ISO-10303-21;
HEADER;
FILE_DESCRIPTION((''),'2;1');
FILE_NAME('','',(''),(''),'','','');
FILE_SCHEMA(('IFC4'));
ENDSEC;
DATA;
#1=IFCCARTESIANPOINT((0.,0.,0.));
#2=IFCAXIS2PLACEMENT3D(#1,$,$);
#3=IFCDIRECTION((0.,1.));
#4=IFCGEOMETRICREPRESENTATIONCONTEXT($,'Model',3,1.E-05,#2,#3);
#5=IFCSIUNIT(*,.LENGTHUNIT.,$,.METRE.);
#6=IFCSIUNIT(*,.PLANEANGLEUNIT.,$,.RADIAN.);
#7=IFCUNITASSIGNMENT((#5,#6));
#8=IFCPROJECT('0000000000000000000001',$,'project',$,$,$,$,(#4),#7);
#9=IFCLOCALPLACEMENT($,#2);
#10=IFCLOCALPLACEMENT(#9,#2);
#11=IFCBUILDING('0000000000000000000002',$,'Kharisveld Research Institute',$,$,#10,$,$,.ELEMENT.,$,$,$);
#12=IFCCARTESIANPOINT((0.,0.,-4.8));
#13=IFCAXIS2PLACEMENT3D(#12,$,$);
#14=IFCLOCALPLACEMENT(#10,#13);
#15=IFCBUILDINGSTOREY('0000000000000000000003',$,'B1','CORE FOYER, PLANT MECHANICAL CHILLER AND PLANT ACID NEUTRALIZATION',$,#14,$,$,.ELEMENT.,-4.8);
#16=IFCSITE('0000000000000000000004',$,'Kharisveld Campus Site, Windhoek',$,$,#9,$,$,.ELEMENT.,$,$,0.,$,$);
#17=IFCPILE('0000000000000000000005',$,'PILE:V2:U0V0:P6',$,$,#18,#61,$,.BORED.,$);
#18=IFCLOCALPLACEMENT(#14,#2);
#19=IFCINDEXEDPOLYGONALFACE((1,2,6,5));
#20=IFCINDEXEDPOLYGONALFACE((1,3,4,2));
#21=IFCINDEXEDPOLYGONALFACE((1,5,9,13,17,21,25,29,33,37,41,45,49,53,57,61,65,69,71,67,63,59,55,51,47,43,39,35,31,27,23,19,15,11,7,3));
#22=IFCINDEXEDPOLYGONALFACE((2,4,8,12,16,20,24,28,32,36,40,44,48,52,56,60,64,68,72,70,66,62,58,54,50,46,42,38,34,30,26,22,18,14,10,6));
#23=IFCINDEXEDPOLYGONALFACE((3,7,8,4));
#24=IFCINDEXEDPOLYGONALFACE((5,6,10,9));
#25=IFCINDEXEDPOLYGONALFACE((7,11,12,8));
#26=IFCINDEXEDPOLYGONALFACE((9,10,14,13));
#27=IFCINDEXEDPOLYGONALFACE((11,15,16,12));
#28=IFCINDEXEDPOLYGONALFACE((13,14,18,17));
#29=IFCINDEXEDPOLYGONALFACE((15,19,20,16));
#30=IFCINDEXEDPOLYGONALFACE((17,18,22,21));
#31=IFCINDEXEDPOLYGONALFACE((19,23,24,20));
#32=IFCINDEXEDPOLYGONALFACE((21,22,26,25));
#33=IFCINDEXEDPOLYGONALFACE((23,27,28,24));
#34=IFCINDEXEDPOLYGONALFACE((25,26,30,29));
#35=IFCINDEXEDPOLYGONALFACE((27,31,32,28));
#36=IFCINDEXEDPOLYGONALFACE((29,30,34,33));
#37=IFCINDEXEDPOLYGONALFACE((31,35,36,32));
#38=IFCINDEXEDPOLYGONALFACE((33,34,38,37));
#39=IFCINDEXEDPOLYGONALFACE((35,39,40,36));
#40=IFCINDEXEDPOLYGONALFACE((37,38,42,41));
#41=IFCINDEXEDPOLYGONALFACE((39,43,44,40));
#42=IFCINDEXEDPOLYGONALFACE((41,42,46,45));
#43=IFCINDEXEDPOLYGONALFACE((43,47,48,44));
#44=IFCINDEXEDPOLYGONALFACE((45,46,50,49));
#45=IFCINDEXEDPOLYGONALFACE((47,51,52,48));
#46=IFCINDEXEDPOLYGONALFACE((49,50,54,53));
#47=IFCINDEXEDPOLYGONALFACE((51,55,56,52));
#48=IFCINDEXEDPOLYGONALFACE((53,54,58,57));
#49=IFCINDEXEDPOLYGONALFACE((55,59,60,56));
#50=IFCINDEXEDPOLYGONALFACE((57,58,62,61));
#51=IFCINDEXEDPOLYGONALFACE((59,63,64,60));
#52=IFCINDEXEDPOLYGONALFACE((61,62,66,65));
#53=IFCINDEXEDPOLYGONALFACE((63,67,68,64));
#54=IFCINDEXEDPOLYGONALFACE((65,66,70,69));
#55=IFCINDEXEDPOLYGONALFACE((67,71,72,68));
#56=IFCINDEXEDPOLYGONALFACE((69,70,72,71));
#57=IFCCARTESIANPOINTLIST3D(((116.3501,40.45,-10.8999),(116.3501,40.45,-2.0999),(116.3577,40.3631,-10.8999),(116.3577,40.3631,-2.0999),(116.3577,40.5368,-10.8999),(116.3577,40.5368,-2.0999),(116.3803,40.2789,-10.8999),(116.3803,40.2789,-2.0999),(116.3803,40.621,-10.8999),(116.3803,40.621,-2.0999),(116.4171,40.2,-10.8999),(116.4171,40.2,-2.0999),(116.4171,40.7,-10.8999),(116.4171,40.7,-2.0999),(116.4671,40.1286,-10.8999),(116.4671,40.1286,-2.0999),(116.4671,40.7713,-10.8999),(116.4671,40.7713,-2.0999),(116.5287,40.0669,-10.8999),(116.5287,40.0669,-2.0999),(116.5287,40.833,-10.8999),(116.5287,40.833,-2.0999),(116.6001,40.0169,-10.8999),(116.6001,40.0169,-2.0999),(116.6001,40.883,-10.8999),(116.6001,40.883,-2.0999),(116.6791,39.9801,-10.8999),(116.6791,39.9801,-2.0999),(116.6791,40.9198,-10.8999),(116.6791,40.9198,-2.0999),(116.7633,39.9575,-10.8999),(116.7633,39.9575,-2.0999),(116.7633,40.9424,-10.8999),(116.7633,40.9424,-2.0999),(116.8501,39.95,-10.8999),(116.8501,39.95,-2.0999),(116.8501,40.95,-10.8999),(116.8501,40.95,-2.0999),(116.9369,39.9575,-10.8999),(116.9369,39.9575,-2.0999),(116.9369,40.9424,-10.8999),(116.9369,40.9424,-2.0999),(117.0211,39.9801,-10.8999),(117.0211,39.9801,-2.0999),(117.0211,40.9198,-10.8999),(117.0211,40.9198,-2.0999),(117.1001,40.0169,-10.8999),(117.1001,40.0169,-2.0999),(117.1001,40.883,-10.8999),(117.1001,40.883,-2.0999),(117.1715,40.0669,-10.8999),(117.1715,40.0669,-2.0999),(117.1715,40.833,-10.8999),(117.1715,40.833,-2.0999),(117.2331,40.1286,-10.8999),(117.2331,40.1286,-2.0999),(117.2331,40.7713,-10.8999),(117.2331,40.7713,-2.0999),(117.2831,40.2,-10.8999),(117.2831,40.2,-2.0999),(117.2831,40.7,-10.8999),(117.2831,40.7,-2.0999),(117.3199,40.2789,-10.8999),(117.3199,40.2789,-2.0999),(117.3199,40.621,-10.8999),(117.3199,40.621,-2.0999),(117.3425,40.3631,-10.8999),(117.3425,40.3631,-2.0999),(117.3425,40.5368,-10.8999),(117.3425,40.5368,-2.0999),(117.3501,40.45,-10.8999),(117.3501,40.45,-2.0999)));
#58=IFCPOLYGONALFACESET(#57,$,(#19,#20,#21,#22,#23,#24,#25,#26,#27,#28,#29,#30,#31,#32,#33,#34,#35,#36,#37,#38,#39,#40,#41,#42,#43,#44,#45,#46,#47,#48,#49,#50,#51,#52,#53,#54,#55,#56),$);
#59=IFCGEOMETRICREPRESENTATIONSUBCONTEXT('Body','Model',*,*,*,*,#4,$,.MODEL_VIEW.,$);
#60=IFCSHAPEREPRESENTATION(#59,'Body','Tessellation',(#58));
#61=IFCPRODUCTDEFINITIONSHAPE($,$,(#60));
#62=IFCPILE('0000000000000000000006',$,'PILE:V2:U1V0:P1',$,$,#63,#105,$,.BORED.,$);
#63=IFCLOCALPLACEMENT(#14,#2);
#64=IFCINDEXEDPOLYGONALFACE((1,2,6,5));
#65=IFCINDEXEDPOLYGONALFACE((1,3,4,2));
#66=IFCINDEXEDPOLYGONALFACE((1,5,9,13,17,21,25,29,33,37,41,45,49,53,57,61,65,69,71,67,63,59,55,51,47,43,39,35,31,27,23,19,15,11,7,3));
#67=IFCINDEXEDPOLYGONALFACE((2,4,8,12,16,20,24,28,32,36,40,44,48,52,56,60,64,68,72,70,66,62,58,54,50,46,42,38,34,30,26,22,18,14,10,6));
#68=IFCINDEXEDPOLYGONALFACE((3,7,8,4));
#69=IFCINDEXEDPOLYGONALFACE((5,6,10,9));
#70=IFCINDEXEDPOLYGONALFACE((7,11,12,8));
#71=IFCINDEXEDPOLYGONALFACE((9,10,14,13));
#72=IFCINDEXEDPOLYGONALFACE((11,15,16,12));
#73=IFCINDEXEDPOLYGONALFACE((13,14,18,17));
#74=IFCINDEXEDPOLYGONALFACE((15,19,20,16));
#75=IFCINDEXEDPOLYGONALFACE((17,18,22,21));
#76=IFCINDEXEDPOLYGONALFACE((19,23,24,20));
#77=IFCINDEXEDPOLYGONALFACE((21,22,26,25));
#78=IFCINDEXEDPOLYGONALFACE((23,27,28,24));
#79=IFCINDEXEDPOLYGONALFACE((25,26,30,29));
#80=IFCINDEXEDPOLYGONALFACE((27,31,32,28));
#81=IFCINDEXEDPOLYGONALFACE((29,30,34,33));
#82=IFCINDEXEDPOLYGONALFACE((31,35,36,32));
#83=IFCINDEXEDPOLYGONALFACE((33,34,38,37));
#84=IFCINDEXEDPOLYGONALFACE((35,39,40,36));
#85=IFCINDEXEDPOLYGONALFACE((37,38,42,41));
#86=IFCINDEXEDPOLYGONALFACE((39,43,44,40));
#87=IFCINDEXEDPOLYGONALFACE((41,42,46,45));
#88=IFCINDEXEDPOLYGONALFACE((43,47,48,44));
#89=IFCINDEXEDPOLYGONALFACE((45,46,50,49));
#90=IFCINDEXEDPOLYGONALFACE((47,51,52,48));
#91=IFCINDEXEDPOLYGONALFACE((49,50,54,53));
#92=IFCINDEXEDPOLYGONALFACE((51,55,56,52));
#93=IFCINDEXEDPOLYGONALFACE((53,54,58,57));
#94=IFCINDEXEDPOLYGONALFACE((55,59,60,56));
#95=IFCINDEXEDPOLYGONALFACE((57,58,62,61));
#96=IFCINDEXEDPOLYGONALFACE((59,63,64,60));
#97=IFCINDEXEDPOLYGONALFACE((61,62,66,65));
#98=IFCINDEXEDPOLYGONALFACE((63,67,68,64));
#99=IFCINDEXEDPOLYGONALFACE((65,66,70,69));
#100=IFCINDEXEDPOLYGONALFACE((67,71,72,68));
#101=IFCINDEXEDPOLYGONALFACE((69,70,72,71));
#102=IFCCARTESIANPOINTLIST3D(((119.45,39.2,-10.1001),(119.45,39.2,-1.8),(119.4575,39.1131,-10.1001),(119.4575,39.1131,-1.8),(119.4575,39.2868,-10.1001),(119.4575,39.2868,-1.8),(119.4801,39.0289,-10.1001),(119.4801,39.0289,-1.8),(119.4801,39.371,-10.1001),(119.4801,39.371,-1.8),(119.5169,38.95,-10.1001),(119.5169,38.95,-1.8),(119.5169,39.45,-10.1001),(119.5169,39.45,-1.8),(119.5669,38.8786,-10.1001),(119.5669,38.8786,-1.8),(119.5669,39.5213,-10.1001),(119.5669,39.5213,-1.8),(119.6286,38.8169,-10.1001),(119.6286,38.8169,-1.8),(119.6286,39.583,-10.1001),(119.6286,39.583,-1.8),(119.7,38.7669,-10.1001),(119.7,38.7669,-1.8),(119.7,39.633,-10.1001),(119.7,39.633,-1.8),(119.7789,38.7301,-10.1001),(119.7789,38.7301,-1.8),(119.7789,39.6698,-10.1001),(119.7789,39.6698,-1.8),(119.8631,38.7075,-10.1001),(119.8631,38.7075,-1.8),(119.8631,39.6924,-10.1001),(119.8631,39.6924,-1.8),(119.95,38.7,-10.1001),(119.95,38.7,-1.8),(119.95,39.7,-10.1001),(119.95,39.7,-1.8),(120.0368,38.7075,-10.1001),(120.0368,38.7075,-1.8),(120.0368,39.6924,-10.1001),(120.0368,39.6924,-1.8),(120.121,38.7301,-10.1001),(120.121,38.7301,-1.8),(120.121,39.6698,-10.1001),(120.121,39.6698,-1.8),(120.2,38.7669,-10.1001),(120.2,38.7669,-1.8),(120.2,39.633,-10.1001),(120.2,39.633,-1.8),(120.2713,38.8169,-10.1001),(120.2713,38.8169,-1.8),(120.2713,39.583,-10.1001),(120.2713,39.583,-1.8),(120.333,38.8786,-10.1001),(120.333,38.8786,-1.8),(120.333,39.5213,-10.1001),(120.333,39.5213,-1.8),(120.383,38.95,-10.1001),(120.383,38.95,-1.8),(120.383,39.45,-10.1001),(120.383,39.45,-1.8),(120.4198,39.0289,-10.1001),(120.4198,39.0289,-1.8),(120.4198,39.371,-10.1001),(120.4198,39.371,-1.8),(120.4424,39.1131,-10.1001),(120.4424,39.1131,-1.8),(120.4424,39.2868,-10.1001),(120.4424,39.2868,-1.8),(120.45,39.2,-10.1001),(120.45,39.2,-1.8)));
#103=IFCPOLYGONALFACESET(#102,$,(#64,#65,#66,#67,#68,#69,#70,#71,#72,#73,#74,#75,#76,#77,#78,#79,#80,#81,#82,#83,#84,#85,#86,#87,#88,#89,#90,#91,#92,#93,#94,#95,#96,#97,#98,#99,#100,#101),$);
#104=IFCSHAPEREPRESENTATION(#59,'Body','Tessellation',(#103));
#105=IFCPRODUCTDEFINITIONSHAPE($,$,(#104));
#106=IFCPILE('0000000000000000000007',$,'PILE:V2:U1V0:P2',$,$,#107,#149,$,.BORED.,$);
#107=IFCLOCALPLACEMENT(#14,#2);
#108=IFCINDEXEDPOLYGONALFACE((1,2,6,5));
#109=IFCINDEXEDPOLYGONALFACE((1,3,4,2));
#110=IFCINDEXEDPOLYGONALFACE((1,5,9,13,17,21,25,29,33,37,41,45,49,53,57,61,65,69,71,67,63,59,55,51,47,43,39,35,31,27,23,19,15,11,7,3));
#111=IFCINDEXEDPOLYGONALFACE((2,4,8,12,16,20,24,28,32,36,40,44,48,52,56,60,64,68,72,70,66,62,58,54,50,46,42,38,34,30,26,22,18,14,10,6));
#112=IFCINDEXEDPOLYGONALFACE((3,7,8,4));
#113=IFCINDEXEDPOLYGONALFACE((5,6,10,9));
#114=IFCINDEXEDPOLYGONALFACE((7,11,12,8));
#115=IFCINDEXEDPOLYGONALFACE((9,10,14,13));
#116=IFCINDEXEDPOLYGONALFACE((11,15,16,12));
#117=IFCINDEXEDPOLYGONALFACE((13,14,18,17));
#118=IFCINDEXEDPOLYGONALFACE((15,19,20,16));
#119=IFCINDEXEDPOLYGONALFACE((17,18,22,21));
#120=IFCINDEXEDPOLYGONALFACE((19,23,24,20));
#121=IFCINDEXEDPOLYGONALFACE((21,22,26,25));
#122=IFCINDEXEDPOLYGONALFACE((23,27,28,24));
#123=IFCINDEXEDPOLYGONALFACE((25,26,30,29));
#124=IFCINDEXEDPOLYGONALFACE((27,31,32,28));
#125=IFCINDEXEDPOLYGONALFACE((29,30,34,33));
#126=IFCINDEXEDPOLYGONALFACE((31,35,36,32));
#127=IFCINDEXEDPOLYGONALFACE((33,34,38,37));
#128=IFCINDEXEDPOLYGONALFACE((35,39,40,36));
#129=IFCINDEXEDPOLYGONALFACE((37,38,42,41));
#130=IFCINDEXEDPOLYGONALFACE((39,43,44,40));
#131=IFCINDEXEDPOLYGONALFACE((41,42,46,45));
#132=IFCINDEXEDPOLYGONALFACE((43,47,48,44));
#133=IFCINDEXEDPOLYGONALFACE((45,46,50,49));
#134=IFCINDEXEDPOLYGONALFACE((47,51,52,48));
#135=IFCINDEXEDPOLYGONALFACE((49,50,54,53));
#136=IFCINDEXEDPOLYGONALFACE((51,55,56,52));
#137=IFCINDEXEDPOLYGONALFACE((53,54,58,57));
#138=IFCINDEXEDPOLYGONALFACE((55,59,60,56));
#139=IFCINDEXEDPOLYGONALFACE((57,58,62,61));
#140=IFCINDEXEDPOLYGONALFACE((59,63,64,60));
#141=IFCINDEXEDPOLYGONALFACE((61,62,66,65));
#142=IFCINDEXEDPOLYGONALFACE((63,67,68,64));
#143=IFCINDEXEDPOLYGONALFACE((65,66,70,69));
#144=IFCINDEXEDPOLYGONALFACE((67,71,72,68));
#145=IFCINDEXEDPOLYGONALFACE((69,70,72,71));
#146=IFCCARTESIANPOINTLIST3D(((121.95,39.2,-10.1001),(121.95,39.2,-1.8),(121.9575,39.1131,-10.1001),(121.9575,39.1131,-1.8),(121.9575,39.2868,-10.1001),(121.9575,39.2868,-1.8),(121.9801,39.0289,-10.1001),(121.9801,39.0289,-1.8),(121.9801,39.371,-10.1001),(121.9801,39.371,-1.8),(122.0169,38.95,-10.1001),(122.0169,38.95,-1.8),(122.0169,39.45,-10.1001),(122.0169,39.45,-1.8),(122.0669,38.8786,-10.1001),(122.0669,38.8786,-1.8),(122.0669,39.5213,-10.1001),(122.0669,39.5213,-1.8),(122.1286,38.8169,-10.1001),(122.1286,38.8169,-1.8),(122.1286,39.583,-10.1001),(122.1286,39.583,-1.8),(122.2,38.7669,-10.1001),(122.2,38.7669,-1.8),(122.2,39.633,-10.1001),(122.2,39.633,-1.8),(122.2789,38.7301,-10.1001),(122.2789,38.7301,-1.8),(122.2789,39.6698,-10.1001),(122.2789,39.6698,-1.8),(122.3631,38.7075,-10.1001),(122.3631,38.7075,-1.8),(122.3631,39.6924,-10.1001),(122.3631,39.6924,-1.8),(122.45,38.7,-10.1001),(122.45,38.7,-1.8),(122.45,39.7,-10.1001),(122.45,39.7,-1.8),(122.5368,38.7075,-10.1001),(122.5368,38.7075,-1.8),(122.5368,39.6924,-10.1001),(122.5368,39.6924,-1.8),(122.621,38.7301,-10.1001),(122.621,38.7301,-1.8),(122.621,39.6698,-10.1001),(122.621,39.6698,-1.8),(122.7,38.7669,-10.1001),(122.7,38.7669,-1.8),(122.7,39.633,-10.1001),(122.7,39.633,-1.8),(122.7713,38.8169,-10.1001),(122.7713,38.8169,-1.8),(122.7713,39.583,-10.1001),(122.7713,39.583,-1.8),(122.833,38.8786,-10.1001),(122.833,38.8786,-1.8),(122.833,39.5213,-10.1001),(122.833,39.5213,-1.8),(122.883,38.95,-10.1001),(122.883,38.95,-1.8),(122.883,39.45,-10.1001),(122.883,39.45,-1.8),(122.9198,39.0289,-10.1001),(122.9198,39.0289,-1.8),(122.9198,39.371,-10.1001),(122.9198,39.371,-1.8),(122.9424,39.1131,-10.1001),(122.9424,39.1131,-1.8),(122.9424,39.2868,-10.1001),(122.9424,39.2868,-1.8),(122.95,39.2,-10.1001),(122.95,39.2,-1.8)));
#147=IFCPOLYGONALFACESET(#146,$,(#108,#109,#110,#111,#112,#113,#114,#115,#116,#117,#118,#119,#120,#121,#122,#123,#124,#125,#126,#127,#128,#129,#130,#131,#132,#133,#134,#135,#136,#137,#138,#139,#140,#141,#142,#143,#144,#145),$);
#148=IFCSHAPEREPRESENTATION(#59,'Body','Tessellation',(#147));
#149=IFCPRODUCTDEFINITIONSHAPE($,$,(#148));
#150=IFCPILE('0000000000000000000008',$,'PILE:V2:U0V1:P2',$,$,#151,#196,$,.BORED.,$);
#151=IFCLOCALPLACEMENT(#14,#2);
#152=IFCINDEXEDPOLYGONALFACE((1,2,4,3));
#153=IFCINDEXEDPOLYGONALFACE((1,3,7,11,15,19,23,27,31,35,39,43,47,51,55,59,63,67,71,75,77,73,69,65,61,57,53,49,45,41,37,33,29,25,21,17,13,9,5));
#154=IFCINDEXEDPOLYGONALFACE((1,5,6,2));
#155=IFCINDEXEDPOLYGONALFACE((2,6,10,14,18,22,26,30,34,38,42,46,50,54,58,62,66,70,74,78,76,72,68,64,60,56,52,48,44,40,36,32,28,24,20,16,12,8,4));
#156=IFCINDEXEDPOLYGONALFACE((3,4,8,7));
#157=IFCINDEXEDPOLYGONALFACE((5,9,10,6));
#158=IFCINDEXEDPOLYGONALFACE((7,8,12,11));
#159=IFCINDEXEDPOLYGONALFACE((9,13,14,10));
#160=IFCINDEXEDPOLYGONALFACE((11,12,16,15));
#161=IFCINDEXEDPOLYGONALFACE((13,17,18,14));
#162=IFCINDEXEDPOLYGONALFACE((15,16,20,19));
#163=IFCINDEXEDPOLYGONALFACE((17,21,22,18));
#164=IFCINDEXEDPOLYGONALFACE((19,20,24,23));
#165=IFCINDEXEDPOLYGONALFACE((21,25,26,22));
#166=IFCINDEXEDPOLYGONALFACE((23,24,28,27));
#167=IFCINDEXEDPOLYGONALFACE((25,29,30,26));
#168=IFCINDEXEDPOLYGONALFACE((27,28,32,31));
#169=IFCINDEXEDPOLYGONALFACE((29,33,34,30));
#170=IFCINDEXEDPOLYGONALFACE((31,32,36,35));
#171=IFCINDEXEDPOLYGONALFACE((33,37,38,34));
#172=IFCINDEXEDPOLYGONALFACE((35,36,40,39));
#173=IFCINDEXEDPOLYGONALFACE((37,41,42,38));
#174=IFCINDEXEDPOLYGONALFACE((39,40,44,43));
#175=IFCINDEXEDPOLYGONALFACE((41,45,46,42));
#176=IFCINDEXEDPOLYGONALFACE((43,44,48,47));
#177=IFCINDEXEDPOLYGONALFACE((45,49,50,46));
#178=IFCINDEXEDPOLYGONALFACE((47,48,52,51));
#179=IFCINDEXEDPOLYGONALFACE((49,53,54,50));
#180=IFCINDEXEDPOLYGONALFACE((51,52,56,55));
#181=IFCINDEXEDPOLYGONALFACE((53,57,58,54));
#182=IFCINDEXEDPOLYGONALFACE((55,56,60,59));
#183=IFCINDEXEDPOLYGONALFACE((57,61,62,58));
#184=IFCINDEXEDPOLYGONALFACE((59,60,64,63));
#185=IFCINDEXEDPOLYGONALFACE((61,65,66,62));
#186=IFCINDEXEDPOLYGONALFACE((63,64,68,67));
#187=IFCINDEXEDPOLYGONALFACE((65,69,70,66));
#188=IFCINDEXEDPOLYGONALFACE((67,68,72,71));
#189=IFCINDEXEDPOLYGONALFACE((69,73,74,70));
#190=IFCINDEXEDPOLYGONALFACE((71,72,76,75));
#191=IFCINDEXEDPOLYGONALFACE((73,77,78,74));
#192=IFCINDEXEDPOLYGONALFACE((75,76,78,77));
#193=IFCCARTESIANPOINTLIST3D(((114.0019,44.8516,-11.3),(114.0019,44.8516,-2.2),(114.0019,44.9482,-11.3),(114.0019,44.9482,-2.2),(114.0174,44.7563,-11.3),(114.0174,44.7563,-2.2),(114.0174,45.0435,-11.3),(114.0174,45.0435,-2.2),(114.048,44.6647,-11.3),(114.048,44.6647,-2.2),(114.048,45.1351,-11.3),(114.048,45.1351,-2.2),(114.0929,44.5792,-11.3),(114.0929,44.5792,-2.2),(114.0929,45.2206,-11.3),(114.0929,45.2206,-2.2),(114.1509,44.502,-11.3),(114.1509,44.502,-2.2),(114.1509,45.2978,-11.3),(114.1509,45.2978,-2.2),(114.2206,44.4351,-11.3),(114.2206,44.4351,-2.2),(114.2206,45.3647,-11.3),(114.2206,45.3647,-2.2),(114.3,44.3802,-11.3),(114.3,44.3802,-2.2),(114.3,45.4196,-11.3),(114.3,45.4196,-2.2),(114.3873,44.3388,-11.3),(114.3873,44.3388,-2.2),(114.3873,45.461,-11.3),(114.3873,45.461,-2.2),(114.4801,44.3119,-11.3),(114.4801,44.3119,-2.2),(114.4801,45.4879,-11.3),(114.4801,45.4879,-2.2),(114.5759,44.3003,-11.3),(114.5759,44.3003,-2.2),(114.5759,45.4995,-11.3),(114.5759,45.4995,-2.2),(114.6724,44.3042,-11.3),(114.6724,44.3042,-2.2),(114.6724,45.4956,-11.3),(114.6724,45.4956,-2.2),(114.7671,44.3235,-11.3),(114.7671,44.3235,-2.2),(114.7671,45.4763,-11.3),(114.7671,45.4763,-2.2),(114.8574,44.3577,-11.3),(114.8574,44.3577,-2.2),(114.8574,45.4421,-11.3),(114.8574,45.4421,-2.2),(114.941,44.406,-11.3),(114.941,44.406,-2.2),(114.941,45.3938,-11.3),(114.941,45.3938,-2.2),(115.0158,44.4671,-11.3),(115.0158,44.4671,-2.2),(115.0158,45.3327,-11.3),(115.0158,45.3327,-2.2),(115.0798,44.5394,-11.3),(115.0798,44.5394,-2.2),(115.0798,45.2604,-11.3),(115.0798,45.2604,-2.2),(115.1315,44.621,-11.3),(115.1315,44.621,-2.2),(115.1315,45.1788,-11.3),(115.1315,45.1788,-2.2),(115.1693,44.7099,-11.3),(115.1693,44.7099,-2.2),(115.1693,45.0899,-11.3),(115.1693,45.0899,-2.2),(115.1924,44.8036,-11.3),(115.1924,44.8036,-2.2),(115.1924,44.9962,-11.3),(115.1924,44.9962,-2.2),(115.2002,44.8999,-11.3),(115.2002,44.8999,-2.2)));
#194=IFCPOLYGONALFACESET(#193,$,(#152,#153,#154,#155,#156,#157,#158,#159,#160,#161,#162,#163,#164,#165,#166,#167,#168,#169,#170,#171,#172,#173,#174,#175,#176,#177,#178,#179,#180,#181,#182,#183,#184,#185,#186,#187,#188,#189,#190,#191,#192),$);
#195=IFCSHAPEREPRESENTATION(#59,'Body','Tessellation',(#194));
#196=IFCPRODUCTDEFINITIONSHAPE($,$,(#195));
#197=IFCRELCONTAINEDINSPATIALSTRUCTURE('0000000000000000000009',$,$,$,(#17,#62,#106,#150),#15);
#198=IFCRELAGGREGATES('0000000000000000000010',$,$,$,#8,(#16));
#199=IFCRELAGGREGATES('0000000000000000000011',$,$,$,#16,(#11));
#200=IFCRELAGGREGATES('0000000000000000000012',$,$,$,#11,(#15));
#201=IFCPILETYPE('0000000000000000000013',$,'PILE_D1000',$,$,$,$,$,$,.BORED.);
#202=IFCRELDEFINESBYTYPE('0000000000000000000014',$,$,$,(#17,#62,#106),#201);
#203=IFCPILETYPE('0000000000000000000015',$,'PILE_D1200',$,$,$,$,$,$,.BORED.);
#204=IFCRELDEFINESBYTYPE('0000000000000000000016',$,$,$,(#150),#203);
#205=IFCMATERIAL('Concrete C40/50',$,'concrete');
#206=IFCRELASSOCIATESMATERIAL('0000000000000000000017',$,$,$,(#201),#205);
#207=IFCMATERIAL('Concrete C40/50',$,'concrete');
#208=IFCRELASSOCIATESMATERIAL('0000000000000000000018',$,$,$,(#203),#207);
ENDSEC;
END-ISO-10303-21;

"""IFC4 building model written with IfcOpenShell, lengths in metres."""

from ifc_helpers import new_model, si_unit, direction, frame, origin, origin_2d, place, context, subcontext, project, spatial, circle, extrude, material, material_profile, profile_set, type_object, element, save


model = new_model("IFC4")

# Units and contexts
model_context = context("Model", 3, precision=1e-05, world=origin(), true_north=direction((0.0, 1.0)))
body_context = subcontext(model_context, "Body", "Model", "MODEL_VIEW")
ifc_project = project(units=[si_unit("LENGTHUNIT", "METRE"), si_unit("PLANEANGLEUNIT", "RADIAN")], contexts=[model_context])

# Site, building, storey
site_placement = place(None, origin())
site = spatial("IfcSite", under=ifc_project, at=site_placement, Name="Kharisveld Campus Site, Windhoek", CompositionType="ELEMENT", RefElevation=0.0)
building_placement = place(site_placement, origin())
building = spatial("IfcBuilding", under=site, at=building_placement, Name="Kharisveld Research Institute", CompositionType="ELEMENT")
storey_placement = place(building_placement, frame((0.0, 0.0, -4.8)))
storey = spatial("IfcBuildingStorey", under=building, at=storey_placement, Name="B1", Description="CORE FOYER, PLANT MECHANICAL CHILLER AND PLANT ACID NEUTRALIZATION", CompositionType="ELEMENT", Elevation=-4.8)

# Piles
ifc_material_1 = material(Name="Concrete C40/50", Category="concrete")
ifc_material_profile_1 = material_profile(ifc_material_1, circle(Radius=0.5, at=origin_2d()))
ifc_profile_set_1 = profile_set([ifc_material_profile_1], Name="Concrete C40/50")
pile_type_1 = type_object("IfcPileType", Name="PILE_D1000", PredefinedType="BORED", material=ifc_profile_set_1)
for number, where, z_axis, x_axis, name in (
    (1, (116.8501, 40.45, -2.0999), (0.0, 0.0, -1.0), (1.0, 0.0, 0.0), "PILE:V2:U0V0:P6"),
):
    element("IfcPile", number, at=place(storey_placement, frame(where, z_axis=z_axis, x_axis=x_axis)), inside=storey, type_object=pile_type_1, Name=name, PredefinedType="BORED", context=body_context, shape_type="SweptSolid", body=[
        extrude(circle(Radius=0.5, at=origin_2d()), origin(), (0.0, 0.0, 1.0), 8.8),
    ])
for number, where, z_axis, x_axis, name in (
    (2, (119.95, 39.2, -1.8), (0.0, 0.0, -1.0), (1.0, 0.0, 0.0), "PILE:V2:U1V0:P1"),
    (3, (122.45, 39.2, -1.8), (0.0, 0.0, -1.0), (1.0, 0.0, 0.0), "PILE:V2:U1V0:P2"),
):
    element("IfcPile", number, at=place(storey_placement, frame(where, z_axis=z_axis, x_axis=x_axis)), inside=storey, type_object=pile_type_1, Name=name, PredefinedType="BORED", context=body_context, shape_type="SweptSolid", body=[
        extrude(circle(Radius=0.5, at=origin_2d()), origin(), (0.0, 0.0, 1.0), 8.3),
    ])
ifc_material_2 = material(Name="Concrete C40/50", Category="concrete")
ifc_material_profile_2 = material_profile(ifc_material_2, circle(Radius=0.6001, at=origin_2d()))
ifc_profile_set_2 = profile_set([ifc_material_profile_2], Name="Concrete C40/50")
pile_type_2 = type_object("IfcPileType", Name="PILE_D1200", PredefinedType="BORED", material=ifc_profile_set_2)
for number, where, z_axis, x_axis, name in (
    (4, (114.6001, 44.8999, -2.2), (0.0, 0.0, -1.0), (1.0, 0.0, 0.0), "PILE:V2:U0V1:P2"),
):
    element("IfcPile", number, at=place(storey_placement, frame(where, z_axis=z_axis, x_axis=x_axis)), inside=storey, type_object=pile_type_2, Name=name, PredefinedType="BORED", context=body_context, shape_type="SweptSolid", body=[
        extrude(circle(Radius=0.6001, at=origin_2d()), origin(), (0.0, 0.0, 1.0), 9.1001),
    ])

save(model, "model.ifc")
